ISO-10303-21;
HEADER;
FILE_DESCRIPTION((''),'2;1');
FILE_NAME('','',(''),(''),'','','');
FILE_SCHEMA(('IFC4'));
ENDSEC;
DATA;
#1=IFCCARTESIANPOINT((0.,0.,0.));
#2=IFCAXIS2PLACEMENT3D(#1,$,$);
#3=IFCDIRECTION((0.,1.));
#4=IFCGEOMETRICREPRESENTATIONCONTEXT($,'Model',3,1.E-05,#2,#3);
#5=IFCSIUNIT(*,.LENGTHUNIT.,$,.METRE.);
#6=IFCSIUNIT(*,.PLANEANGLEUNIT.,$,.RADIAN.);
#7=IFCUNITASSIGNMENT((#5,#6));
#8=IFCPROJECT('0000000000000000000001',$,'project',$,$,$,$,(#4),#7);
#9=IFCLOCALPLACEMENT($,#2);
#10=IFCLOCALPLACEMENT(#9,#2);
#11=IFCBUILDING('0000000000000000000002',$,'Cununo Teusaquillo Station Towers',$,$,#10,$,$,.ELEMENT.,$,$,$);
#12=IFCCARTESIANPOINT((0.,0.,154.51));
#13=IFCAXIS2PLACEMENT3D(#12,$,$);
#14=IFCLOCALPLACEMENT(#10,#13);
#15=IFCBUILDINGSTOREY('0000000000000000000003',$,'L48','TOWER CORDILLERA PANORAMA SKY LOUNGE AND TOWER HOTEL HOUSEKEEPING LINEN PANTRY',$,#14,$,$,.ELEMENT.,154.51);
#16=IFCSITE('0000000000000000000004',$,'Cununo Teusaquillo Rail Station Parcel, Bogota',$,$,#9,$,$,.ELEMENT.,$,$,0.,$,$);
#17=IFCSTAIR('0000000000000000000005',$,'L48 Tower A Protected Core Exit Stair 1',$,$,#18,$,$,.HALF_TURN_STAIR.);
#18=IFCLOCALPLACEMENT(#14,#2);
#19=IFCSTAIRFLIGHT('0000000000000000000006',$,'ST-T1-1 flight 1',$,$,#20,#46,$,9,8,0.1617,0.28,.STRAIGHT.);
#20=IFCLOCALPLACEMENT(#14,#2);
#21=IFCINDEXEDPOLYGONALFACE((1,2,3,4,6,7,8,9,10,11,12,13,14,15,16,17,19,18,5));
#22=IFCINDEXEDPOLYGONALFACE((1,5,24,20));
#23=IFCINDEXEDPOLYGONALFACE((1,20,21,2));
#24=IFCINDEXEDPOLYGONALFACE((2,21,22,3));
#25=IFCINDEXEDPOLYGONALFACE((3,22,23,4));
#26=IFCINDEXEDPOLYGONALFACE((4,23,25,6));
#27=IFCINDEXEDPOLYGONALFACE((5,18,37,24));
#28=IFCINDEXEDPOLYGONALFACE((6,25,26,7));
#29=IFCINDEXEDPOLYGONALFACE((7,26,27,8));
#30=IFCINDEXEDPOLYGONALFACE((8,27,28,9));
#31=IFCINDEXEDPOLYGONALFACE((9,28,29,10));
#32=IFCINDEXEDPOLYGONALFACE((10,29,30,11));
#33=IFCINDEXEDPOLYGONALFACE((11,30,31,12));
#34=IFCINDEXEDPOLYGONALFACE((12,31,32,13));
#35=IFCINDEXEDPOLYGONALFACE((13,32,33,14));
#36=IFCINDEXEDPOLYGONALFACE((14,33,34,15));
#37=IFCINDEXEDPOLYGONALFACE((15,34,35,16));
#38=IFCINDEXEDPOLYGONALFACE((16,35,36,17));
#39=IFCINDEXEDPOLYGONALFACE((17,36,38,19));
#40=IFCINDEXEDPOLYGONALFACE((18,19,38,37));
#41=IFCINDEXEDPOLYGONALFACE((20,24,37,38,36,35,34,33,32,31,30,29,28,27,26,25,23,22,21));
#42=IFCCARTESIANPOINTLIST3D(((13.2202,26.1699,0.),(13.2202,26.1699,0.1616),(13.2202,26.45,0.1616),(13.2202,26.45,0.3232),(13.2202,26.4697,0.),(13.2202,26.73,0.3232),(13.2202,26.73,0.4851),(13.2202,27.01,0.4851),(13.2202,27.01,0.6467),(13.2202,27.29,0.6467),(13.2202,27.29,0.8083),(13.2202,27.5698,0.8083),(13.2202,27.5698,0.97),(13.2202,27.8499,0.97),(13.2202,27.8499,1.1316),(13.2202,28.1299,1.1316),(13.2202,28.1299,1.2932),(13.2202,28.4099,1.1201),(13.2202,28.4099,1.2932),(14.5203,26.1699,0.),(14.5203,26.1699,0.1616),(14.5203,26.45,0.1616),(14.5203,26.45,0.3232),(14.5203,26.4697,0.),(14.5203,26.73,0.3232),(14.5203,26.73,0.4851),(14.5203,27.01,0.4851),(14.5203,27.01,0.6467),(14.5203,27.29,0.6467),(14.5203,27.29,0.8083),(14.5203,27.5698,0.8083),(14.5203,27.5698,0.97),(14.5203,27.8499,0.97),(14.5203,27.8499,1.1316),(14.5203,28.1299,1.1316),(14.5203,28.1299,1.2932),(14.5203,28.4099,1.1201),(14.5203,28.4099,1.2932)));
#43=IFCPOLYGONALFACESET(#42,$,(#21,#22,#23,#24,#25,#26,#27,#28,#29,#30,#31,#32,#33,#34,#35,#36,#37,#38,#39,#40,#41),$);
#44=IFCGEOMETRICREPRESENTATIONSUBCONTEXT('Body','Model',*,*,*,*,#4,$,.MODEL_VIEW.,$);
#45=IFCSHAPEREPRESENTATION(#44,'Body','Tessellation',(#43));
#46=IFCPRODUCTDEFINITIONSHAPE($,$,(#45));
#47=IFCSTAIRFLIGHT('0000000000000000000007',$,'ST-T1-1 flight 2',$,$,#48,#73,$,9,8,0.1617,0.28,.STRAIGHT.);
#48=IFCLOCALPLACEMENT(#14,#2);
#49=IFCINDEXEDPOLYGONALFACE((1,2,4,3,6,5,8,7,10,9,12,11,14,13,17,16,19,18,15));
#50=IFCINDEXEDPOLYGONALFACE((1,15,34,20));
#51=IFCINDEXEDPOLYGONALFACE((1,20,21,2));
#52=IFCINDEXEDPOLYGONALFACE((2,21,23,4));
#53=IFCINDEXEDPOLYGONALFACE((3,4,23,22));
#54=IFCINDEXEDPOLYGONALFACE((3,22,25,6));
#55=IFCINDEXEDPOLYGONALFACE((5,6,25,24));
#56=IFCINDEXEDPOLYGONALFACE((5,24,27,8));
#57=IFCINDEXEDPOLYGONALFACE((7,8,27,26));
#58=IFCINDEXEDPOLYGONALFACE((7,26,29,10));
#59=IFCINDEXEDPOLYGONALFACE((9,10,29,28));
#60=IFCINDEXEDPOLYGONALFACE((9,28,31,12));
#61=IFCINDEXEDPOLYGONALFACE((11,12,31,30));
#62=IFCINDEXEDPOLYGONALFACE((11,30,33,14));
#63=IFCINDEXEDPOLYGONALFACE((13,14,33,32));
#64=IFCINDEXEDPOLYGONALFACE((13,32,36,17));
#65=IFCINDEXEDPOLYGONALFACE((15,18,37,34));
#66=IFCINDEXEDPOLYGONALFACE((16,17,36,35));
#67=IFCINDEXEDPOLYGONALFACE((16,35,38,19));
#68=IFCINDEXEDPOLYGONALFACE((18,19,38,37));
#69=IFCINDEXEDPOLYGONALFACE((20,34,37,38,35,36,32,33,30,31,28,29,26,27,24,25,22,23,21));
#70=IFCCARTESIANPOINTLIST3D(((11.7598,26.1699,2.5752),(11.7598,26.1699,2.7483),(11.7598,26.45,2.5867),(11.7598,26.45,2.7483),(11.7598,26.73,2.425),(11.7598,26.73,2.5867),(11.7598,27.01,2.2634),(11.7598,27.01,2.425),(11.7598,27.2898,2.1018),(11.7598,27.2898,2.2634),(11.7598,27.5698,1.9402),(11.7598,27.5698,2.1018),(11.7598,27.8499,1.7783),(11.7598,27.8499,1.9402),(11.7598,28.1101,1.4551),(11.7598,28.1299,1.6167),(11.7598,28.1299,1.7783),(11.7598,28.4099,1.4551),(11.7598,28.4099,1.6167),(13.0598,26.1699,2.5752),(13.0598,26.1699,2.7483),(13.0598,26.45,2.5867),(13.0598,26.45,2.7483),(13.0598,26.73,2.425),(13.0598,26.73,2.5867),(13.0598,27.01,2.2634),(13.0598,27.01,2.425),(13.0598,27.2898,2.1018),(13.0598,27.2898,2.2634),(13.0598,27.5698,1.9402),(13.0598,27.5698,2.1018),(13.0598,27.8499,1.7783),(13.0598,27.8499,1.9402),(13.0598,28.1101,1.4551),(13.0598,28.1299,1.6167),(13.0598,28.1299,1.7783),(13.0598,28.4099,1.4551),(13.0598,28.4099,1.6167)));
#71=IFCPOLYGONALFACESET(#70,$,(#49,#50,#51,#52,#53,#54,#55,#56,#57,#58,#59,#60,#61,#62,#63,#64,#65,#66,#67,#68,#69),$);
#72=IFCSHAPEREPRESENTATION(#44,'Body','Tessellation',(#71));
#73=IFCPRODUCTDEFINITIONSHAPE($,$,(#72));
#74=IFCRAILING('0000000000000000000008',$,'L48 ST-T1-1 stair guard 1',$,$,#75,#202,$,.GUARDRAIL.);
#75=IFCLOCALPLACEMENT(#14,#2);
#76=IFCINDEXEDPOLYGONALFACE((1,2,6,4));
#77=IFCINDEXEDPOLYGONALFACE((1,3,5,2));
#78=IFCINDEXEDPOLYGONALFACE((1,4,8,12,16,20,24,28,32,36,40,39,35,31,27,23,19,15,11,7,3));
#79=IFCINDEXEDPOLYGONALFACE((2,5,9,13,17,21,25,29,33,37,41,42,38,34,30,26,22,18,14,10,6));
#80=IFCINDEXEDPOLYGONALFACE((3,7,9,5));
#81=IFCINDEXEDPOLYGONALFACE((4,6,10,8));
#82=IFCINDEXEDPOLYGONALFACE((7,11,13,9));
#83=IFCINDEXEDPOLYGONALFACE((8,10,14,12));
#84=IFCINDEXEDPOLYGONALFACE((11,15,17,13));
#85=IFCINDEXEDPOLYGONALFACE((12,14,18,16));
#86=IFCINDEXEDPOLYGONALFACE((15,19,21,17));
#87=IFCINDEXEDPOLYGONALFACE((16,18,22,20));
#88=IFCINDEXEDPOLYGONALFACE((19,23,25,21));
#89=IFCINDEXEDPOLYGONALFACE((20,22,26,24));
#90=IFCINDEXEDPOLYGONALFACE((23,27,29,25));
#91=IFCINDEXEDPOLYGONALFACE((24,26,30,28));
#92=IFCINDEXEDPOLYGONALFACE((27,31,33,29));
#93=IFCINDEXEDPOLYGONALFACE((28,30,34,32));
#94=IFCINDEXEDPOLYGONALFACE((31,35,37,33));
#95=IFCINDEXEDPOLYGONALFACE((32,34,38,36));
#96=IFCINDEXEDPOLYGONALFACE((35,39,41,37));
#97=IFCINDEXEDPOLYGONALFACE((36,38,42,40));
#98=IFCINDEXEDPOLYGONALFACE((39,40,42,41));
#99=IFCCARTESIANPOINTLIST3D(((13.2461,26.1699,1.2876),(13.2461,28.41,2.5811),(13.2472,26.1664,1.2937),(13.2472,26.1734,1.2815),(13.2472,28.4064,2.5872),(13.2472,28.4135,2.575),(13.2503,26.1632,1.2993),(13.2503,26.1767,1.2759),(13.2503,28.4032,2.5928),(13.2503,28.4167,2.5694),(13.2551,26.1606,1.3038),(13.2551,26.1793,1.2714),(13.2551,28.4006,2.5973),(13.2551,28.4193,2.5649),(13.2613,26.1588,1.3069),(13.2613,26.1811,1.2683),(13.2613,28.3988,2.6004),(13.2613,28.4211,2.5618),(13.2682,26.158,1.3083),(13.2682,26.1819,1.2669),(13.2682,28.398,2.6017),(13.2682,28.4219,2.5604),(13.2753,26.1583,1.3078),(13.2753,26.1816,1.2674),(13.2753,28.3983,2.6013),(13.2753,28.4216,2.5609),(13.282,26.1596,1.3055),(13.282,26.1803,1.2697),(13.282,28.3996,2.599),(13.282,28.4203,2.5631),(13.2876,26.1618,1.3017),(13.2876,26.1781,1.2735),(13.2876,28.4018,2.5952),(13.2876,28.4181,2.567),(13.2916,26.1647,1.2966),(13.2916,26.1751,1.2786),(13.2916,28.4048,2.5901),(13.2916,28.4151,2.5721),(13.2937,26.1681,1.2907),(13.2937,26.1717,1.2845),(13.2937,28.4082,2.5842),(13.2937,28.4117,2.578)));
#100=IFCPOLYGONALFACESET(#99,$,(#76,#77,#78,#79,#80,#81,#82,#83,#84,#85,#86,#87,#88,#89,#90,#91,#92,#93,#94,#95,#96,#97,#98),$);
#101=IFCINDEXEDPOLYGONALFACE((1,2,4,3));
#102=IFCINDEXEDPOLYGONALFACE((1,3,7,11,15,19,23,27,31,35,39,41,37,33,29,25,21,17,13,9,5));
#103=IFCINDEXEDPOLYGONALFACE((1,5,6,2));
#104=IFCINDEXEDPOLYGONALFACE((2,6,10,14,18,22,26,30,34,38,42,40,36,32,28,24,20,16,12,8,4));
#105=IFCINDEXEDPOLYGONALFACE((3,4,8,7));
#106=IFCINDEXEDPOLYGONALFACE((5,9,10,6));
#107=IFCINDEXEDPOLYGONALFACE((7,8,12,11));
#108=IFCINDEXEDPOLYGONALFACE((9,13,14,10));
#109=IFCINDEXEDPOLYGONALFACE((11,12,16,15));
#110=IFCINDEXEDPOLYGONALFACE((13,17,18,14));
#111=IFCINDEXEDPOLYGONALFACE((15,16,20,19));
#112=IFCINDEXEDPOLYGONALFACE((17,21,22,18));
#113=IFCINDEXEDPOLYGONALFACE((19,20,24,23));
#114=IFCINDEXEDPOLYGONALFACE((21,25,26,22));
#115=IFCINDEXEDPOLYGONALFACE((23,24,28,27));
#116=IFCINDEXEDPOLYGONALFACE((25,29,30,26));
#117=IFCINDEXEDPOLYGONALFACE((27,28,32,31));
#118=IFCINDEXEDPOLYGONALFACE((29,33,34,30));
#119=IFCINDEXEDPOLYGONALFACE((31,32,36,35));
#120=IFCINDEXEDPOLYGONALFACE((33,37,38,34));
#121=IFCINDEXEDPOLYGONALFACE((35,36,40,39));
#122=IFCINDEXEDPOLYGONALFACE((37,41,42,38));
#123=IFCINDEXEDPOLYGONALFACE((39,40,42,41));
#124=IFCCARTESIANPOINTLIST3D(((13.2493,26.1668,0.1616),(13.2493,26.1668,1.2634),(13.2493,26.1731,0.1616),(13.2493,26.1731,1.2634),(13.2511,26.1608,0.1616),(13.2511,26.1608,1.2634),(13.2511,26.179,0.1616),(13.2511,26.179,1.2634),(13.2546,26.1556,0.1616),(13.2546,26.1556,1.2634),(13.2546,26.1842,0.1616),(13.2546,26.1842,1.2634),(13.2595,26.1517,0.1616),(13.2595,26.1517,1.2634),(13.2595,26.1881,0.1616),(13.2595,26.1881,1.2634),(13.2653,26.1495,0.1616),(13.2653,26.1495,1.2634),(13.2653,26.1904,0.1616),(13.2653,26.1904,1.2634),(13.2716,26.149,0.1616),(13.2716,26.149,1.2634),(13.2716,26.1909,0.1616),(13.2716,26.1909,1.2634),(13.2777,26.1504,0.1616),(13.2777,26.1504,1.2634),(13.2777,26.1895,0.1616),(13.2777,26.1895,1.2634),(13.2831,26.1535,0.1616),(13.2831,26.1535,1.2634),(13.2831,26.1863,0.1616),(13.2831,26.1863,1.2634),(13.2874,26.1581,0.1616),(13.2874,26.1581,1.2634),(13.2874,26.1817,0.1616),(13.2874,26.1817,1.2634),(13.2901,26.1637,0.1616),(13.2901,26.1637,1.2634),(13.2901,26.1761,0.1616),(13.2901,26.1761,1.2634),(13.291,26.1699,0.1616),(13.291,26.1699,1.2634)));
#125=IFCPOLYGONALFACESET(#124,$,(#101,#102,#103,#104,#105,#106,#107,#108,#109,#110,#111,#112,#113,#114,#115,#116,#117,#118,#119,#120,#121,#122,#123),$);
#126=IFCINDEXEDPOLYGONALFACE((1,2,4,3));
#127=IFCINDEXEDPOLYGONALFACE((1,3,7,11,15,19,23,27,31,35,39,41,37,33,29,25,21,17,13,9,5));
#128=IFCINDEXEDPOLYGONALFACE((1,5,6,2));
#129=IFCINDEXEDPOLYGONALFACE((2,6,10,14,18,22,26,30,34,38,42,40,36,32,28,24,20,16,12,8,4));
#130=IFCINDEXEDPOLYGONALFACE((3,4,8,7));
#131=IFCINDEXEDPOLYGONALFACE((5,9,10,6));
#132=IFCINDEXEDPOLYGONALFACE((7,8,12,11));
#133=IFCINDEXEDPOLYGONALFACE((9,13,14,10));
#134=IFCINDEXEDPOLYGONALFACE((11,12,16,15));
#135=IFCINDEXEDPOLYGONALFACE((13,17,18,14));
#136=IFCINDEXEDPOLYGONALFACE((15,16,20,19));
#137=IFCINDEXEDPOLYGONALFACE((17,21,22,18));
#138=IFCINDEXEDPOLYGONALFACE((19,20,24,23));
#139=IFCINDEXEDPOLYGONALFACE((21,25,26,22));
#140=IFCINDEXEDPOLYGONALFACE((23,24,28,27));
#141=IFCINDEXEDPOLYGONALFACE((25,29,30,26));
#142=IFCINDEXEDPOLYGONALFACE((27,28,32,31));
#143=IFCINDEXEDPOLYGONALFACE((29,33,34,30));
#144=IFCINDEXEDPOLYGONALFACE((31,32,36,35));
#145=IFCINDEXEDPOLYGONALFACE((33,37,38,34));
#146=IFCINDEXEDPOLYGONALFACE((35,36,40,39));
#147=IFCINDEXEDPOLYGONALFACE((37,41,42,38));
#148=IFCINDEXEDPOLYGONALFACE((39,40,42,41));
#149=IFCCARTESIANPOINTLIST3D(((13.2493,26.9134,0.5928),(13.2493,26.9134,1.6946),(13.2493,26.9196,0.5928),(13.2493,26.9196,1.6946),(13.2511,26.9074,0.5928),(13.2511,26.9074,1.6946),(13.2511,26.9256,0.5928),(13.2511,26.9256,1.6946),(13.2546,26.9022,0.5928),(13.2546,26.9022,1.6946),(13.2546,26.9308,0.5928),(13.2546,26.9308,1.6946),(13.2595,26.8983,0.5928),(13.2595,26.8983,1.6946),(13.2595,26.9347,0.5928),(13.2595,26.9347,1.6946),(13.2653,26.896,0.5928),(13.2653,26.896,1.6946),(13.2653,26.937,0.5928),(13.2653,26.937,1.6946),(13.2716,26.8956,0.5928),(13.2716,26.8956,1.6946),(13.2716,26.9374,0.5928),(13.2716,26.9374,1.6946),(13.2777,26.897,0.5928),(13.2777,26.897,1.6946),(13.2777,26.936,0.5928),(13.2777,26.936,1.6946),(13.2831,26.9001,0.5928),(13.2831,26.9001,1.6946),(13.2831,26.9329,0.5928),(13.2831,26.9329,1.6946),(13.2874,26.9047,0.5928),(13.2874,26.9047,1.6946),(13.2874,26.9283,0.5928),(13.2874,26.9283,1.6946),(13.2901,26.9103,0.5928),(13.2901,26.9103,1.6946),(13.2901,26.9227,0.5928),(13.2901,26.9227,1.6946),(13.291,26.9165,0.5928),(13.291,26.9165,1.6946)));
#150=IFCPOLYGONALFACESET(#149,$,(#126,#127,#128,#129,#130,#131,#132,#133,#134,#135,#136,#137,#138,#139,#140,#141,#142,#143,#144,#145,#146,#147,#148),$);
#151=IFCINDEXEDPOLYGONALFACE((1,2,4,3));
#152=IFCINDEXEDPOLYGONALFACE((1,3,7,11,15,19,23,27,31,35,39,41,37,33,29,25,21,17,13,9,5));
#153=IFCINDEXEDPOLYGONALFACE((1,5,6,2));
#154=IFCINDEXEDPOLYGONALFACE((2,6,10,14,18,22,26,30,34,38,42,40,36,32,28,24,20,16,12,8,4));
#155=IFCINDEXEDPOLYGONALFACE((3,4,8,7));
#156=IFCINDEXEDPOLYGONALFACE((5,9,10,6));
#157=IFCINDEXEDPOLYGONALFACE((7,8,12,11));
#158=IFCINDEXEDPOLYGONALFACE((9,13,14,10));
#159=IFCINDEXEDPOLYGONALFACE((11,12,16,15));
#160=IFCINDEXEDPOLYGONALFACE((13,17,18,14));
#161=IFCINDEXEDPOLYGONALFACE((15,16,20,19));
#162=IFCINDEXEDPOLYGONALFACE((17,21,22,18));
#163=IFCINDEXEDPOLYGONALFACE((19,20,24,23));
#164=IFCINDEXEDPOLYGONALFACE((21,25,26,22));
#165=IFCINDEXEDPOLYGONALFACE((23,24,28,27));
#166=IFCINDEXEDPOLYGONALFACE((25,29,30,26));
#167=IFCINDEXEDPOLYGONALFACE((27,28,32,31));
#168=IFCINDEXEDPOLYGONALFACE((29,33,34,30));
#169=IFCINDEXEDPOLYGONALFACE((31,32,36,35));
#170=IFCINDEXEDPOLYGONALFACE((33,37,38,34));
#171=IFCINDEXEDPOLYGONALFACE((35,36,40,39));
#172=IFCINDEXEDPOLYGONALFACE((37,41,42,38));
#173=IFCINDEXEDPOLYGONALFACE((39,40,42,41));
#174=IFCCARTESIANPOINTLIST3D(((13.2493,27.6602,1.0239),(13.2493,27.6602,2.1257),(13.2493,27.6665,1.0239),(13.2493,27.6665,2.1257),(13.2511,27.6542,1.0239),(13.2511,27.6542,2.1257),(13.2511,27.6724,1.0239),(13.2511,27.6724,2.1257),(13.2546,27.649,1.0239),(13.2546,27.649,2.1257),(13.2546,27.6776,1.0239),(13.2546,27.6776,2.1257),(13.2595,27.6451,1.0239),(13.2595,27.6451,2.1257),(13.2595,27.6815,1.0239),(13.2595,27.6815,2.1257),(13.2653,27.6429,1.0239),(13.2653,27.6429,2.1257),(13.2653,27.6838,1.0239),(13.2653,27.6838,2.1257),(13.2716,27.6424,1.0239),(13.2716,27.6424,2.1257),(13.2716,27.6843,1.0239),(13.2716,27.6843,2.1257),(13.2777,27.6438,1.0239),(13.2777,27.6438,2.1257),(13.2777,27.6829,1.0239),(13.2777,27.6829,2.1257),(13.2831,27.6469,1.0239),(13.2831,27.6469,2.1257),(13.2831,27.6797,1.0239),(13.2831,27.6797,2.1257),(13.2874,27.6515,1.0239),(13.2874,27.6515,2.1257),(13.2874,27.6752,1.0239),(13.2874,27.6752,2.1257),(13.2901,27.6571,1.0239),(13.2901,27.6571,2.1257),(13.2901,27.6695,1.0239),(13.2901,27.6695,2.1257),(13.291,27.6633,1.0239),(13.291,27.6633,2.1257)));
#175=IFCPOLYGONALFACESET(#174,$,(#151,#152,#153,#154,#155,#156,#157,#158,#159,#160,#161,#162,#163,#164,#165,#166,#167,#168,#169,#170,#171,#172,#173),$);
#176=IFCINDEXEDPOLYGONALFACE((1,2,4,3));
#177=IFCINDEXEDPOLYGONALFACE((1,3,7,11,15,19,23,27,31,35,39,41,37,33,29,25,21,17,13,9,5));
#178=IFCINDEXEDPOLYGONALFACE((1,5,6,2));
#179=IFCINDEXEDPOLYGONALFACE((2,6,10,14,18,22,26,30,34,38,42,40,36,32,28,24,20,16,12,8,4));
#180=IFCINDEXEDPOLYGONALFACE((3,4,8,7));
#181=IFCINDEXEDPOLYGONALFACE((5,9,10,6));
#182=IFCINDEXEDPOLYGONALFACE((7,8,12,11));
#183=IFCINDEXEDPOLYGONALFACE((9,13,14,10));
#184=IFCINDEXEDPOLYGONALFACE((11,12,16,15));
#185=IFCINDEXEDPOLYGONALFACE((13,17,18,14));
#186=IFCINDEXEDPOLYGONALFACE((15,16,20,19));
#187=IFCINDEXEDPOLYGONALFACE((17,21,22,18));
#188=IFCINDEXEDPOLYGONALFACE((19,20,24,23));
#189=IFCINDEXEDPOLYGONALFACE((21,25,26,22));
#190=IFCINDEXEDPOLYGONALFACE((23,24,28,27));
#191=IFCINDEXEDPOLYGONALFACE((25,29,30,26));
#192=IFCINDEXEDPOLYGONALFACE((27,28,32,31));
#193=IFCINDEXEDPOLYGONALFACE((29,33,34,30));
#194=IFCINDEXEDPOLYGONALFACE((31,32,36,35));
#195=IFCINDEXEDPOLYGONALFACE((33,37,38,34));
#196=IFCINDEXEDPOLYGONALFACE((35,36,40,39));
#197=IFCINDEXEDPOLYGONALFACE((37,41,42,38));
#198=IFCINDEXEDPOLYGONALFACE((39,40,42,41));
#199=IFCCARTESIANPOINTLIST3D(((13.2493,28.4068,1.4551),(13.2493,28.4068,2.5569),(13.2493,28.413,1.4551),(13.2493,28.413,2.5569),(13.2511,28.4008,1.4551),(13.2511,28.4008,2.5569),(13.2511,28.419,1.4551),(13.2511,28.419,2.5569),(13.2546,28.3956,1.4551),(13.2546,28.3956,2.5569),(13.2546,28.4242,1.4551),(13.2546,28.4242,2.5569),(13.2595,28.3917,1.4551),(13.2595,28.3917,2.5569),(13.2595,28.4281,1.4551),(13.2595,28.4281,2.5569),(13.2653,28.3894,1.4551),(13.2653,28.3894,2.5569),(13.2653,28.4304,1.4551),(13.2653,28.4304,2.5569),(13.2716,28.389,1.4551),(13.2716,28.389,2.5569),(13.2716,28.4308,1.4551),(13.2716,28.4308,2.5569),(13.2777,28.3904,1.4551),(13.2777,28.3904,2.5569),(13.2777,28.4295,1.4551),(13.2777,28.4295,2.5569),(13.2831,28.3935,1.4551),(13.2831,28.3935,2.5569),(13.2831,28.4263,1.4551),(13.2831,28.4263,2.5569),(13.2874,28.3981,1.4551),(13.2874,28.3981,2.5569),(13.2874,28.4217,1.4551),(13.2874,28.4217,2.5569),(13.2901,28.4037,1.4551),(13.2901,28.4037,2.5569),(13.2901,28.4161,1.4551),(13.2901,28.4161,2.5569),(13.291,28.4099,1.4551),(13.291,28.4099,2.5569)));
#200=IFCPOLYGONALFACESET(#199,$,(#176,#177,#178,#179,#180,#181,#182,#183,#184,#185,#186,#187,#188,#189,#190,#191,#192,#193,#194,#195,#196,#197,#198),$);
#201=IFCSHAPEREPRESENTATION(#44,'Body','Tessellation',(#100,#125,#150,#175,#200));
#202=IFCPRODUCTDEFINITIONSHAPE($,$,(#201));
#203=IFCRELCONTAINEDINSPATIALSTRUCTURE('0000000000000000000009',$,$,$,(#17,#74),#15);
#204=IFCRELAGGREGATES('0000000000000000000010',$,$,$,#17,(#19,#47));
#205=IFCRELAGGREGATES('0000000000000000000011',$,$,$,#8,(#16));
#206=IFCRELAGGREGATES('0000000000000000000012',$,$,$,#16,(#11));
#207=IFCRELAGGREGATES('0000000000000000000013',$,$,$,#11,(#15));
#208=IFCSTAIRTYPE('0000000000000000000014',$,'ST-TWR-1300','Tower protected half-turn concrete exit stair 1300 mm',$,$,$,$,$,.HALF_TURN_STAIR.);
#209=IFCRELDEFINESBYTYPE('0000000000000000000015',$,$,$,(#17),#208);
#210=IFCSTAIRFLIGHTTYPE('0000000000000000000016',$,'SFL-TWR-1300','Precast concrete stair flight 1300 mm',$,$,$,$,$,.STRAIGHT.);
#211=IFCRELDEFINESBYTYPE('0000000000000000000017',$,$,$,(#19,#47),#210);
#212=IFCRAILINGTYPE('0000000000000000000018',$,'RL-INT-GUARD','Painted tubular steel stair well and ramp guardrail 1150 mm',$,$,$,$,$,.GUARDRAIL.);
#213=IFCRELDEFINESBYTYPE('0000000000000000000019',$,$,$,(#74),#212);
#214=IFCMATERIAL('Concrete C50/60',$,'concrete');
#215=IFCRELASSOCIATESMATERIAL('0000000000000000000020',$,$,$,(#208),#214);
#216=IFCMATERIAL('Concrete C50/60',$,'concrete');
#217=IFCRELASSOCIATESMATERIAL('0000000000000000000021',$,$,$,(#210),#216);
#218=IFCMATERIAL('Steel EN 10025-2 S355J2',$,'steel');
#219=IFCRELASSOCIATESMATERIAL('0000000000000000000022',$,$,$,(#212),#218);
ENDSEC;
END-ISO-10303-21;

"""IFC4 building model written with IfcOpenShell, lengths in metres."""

from ifc_helpers import new_model, si_unit, direction, frame, origin, origin_2d, place, context, subcontext, project, spatial, polyline, circle, outline, extrude, material, type_object, element, aggregate, save


model = new_model("IFC4")

# Units and contexts
model_context = context("Model", 3, precision=1e-05, world=origin(), true_north=direction((0.0, 1.0)))
body_context = subcontext(model_context, "Body", "Model", "MODEL_VIEW")
ifc_project = project(units=[si_unit("LENGTHUNIT", "METRE"), si_unit("PLANEANGLEUNIT", "RADIAN")], contexts=[model_context])

# Site, building, storey
site_placement = place(None, origin())
site = spatial("IfcSite", under=ifc_project, at=site_placement, Name="Cununo Teusaquillo Rail Station Parcel, Bogota", CompositionType="ELEMENT", RefElevation=0.0)
building_placement = place(site_placement, origin())
building = spatial("IfcBuilding", under=site, at=building_placement, Name="Cununo Teusaquillo Station Towers", CompositionType="ELEMENT")
storey_placement = place(building_placement, frame((0.0, 0.0, 154.51)))
storey = spatial("IfcBuildingStorey", under=building, at=storey_placement, Name="L48", Description="TOWER CORDILLERA PANORAMA SKY LOUNGE AND TOWER HOTEL HOUSEKEEPING LINEN PANTRY", CompositionType="ELEMENT", Elevation=154.51)

# Stair, stair flights
ifc_material_1 = material(Name="Concrete C50/60", Category="concrete")
stair_type = type_object("IfcStairType", Name="ST-TWR-1300", Description="Tower protected half-turn concrete exit stair 1300 mm", PredefinedType="HALF_TURN_STAIR", material=ifc_material_1)
stair_placement = place(storey_placement, origin())
stair = element("IfcStair", 1, at=stair_placement, inside=storey, type_object=stair_type, Name="L48 Tower A Protected Core Exit Stair 1", PredefinedType="HALF_TURN_STAIR")
ifc_material_2 = material(Name="Concrete C50/60", Category="concrete")
stair_flight_type = type_object("IfcStairFlightType", Name="SFL-TWR-1300", Description="Precast concrete stair flight 1300 mm", PredefinedType="STRAIGHT", material=ifc_material_2)
stair_flight_1_placement = place(storey_placement, frame((13.8701, 26.1699, 0.0), z_axis=(0.0, 0.0, 1.0), x_axis=(0.0, 1.0, 0.0)))
stair_flight_1 = element("IfcStairFlight", 2, at=stair_flight_1_placement, type_object=stair_flight_type, Name="ST-T1-1 flight 1", NumberOfRisers=9, NumberOfTreads=8, PredefinedType="STRAIGHT", RiserHeight=0.1617, TreadLength=0.28, context=body_context, shape_type="SweptSolid", body=[
    extrude(outline(polyline([(0.0, 0.0), (0.0, 0.1616), (0.28, 0.1616), (0.28, 0.3232), (0.5601, 0.3232), (0.5601, 0.4851), (0.8401, 0.4851), (0.8401, 0.6467), (1.1201, 0.6467), (1.1201, 0.8083), (1.3999, 0.8083), (1.3999, 0.97), (1.6799, 0.97), (1.6799, 1.1316), (1.96, 1.1316), (1.96, 1.2932), (2.24, 1.2932), (2.24, 1.4551), (2.24, 1.1201), (0.2998, 0.0), (0.0, 0.0)])), frame((0.0, 0.6499, 0.0), z_axis=(0.0, -1.0, 0.0), x_axis=(1.0, 0.0, 0.0)), (0.0, 0.0, 1.0), 1.3),
])
stair_flight_2_placement = place(storey_placement, frame((12.4099, 28.4099, 1.4551), z_axis=(0.0, 0.0, 1.0), x_axis=(0.0, -1.0, 0.0)))
stair_flight_2 = element("IfcStairFlight", 3, at=stair_flight_2_placement, type_object=stair_flight_type, Name="ST-T1-1 flight 2", NumberOfRisers=9, NumberOfTreads=8, PredefinedType="STRAIGHT", RiserHeight=0.1617, TreadLength=0.28, context=body_context, shape_type="SweptSolid", body=[
    extrude(outline(polyline([(0.0, 0.0), (0.0, 0.1616), (0.28, 0.1616), (0.28, 0.3232), (0.5601, 0.3232), (0.5601, 0.4851), (0.8401, 0.4851), (0.8401, 0.6467), (1.1201, 0.6467), (1.1201, 0.8083), (1.3999, 0.8083), (1.3999, 0.97), (1.6799, 0.97), (1.6799, 1.1316), (1.96, 1.1316), (1.96, 1.2932), (2.24, 1.2932), (2.24, 1.4551), (2.24, 1.1201), (0.2998, 0.0), (0.0, 0.0)])), frame((0.0, 0.6499, 0.0), z_axis=(0.0, -1.0, 0.0), x_axis=(1.0, 0.0, 0.0)), (0.0, 0.0, 1.0), 1.3),
])
aggregate(stair, [stair_flight_1, stair_flight_2])

# Railing
ifc_material_3 = material(Name="Steel EN 10025-2 S355J2", Category="steel")
railing_type_1 = type_object("IfcRailingType", Name="RL-INT-GUARD", Description="Painted tubular steel stair well and ramp guardrail 1150 mm", PredefinedType="GUARDRAIL", material=ifc_material_3)
railing_1_placement = place(storey_placement, frame((13.27, 26.1699, 0.1616)))
element("IfcRailing", 4, at=railing_1_placement, inside=storey, type_object=railing_type_1, Name="L48 ST-T1-1 stair guard 1", PredefinedType="GUARDRAIL", context=body_context, shape_type="SweptSolid", body=[
    extrude(circle(Radius=0.0239, at=origin_2d()), frame((0.0, 0.0, 1.126), z_axis=(0.0, 0.865992, 0.500057), x_axis=(-1.0, 0.0, 0.0)), (0.0, 0.0, 1.0), 2.5867),
    extrude(circle(Radius=0.021, at=origin_2d()), origin(), (0.0, 0.0, 1.0), 1.1018),
    extrude(circle(Radius=0.021, at=origin_2d()), frame((0.0, 0.7466, 0.4312)), (0.0, 0.0, 1.0), 1.1018),
    extrude(circle(Radius=0.021, at=origin_2d()), frame((0.0, 1.4934, 0.8623)), (0.0, 0.0, 1.0), 1.1018),
    extrude(circle(Radius=0.021, at=origin_2d()), frame((0.0, 2.24, 1.2935)), (0.0, 0.0, 1.0), 1.1018),
])

save(model, "model.ifc")
